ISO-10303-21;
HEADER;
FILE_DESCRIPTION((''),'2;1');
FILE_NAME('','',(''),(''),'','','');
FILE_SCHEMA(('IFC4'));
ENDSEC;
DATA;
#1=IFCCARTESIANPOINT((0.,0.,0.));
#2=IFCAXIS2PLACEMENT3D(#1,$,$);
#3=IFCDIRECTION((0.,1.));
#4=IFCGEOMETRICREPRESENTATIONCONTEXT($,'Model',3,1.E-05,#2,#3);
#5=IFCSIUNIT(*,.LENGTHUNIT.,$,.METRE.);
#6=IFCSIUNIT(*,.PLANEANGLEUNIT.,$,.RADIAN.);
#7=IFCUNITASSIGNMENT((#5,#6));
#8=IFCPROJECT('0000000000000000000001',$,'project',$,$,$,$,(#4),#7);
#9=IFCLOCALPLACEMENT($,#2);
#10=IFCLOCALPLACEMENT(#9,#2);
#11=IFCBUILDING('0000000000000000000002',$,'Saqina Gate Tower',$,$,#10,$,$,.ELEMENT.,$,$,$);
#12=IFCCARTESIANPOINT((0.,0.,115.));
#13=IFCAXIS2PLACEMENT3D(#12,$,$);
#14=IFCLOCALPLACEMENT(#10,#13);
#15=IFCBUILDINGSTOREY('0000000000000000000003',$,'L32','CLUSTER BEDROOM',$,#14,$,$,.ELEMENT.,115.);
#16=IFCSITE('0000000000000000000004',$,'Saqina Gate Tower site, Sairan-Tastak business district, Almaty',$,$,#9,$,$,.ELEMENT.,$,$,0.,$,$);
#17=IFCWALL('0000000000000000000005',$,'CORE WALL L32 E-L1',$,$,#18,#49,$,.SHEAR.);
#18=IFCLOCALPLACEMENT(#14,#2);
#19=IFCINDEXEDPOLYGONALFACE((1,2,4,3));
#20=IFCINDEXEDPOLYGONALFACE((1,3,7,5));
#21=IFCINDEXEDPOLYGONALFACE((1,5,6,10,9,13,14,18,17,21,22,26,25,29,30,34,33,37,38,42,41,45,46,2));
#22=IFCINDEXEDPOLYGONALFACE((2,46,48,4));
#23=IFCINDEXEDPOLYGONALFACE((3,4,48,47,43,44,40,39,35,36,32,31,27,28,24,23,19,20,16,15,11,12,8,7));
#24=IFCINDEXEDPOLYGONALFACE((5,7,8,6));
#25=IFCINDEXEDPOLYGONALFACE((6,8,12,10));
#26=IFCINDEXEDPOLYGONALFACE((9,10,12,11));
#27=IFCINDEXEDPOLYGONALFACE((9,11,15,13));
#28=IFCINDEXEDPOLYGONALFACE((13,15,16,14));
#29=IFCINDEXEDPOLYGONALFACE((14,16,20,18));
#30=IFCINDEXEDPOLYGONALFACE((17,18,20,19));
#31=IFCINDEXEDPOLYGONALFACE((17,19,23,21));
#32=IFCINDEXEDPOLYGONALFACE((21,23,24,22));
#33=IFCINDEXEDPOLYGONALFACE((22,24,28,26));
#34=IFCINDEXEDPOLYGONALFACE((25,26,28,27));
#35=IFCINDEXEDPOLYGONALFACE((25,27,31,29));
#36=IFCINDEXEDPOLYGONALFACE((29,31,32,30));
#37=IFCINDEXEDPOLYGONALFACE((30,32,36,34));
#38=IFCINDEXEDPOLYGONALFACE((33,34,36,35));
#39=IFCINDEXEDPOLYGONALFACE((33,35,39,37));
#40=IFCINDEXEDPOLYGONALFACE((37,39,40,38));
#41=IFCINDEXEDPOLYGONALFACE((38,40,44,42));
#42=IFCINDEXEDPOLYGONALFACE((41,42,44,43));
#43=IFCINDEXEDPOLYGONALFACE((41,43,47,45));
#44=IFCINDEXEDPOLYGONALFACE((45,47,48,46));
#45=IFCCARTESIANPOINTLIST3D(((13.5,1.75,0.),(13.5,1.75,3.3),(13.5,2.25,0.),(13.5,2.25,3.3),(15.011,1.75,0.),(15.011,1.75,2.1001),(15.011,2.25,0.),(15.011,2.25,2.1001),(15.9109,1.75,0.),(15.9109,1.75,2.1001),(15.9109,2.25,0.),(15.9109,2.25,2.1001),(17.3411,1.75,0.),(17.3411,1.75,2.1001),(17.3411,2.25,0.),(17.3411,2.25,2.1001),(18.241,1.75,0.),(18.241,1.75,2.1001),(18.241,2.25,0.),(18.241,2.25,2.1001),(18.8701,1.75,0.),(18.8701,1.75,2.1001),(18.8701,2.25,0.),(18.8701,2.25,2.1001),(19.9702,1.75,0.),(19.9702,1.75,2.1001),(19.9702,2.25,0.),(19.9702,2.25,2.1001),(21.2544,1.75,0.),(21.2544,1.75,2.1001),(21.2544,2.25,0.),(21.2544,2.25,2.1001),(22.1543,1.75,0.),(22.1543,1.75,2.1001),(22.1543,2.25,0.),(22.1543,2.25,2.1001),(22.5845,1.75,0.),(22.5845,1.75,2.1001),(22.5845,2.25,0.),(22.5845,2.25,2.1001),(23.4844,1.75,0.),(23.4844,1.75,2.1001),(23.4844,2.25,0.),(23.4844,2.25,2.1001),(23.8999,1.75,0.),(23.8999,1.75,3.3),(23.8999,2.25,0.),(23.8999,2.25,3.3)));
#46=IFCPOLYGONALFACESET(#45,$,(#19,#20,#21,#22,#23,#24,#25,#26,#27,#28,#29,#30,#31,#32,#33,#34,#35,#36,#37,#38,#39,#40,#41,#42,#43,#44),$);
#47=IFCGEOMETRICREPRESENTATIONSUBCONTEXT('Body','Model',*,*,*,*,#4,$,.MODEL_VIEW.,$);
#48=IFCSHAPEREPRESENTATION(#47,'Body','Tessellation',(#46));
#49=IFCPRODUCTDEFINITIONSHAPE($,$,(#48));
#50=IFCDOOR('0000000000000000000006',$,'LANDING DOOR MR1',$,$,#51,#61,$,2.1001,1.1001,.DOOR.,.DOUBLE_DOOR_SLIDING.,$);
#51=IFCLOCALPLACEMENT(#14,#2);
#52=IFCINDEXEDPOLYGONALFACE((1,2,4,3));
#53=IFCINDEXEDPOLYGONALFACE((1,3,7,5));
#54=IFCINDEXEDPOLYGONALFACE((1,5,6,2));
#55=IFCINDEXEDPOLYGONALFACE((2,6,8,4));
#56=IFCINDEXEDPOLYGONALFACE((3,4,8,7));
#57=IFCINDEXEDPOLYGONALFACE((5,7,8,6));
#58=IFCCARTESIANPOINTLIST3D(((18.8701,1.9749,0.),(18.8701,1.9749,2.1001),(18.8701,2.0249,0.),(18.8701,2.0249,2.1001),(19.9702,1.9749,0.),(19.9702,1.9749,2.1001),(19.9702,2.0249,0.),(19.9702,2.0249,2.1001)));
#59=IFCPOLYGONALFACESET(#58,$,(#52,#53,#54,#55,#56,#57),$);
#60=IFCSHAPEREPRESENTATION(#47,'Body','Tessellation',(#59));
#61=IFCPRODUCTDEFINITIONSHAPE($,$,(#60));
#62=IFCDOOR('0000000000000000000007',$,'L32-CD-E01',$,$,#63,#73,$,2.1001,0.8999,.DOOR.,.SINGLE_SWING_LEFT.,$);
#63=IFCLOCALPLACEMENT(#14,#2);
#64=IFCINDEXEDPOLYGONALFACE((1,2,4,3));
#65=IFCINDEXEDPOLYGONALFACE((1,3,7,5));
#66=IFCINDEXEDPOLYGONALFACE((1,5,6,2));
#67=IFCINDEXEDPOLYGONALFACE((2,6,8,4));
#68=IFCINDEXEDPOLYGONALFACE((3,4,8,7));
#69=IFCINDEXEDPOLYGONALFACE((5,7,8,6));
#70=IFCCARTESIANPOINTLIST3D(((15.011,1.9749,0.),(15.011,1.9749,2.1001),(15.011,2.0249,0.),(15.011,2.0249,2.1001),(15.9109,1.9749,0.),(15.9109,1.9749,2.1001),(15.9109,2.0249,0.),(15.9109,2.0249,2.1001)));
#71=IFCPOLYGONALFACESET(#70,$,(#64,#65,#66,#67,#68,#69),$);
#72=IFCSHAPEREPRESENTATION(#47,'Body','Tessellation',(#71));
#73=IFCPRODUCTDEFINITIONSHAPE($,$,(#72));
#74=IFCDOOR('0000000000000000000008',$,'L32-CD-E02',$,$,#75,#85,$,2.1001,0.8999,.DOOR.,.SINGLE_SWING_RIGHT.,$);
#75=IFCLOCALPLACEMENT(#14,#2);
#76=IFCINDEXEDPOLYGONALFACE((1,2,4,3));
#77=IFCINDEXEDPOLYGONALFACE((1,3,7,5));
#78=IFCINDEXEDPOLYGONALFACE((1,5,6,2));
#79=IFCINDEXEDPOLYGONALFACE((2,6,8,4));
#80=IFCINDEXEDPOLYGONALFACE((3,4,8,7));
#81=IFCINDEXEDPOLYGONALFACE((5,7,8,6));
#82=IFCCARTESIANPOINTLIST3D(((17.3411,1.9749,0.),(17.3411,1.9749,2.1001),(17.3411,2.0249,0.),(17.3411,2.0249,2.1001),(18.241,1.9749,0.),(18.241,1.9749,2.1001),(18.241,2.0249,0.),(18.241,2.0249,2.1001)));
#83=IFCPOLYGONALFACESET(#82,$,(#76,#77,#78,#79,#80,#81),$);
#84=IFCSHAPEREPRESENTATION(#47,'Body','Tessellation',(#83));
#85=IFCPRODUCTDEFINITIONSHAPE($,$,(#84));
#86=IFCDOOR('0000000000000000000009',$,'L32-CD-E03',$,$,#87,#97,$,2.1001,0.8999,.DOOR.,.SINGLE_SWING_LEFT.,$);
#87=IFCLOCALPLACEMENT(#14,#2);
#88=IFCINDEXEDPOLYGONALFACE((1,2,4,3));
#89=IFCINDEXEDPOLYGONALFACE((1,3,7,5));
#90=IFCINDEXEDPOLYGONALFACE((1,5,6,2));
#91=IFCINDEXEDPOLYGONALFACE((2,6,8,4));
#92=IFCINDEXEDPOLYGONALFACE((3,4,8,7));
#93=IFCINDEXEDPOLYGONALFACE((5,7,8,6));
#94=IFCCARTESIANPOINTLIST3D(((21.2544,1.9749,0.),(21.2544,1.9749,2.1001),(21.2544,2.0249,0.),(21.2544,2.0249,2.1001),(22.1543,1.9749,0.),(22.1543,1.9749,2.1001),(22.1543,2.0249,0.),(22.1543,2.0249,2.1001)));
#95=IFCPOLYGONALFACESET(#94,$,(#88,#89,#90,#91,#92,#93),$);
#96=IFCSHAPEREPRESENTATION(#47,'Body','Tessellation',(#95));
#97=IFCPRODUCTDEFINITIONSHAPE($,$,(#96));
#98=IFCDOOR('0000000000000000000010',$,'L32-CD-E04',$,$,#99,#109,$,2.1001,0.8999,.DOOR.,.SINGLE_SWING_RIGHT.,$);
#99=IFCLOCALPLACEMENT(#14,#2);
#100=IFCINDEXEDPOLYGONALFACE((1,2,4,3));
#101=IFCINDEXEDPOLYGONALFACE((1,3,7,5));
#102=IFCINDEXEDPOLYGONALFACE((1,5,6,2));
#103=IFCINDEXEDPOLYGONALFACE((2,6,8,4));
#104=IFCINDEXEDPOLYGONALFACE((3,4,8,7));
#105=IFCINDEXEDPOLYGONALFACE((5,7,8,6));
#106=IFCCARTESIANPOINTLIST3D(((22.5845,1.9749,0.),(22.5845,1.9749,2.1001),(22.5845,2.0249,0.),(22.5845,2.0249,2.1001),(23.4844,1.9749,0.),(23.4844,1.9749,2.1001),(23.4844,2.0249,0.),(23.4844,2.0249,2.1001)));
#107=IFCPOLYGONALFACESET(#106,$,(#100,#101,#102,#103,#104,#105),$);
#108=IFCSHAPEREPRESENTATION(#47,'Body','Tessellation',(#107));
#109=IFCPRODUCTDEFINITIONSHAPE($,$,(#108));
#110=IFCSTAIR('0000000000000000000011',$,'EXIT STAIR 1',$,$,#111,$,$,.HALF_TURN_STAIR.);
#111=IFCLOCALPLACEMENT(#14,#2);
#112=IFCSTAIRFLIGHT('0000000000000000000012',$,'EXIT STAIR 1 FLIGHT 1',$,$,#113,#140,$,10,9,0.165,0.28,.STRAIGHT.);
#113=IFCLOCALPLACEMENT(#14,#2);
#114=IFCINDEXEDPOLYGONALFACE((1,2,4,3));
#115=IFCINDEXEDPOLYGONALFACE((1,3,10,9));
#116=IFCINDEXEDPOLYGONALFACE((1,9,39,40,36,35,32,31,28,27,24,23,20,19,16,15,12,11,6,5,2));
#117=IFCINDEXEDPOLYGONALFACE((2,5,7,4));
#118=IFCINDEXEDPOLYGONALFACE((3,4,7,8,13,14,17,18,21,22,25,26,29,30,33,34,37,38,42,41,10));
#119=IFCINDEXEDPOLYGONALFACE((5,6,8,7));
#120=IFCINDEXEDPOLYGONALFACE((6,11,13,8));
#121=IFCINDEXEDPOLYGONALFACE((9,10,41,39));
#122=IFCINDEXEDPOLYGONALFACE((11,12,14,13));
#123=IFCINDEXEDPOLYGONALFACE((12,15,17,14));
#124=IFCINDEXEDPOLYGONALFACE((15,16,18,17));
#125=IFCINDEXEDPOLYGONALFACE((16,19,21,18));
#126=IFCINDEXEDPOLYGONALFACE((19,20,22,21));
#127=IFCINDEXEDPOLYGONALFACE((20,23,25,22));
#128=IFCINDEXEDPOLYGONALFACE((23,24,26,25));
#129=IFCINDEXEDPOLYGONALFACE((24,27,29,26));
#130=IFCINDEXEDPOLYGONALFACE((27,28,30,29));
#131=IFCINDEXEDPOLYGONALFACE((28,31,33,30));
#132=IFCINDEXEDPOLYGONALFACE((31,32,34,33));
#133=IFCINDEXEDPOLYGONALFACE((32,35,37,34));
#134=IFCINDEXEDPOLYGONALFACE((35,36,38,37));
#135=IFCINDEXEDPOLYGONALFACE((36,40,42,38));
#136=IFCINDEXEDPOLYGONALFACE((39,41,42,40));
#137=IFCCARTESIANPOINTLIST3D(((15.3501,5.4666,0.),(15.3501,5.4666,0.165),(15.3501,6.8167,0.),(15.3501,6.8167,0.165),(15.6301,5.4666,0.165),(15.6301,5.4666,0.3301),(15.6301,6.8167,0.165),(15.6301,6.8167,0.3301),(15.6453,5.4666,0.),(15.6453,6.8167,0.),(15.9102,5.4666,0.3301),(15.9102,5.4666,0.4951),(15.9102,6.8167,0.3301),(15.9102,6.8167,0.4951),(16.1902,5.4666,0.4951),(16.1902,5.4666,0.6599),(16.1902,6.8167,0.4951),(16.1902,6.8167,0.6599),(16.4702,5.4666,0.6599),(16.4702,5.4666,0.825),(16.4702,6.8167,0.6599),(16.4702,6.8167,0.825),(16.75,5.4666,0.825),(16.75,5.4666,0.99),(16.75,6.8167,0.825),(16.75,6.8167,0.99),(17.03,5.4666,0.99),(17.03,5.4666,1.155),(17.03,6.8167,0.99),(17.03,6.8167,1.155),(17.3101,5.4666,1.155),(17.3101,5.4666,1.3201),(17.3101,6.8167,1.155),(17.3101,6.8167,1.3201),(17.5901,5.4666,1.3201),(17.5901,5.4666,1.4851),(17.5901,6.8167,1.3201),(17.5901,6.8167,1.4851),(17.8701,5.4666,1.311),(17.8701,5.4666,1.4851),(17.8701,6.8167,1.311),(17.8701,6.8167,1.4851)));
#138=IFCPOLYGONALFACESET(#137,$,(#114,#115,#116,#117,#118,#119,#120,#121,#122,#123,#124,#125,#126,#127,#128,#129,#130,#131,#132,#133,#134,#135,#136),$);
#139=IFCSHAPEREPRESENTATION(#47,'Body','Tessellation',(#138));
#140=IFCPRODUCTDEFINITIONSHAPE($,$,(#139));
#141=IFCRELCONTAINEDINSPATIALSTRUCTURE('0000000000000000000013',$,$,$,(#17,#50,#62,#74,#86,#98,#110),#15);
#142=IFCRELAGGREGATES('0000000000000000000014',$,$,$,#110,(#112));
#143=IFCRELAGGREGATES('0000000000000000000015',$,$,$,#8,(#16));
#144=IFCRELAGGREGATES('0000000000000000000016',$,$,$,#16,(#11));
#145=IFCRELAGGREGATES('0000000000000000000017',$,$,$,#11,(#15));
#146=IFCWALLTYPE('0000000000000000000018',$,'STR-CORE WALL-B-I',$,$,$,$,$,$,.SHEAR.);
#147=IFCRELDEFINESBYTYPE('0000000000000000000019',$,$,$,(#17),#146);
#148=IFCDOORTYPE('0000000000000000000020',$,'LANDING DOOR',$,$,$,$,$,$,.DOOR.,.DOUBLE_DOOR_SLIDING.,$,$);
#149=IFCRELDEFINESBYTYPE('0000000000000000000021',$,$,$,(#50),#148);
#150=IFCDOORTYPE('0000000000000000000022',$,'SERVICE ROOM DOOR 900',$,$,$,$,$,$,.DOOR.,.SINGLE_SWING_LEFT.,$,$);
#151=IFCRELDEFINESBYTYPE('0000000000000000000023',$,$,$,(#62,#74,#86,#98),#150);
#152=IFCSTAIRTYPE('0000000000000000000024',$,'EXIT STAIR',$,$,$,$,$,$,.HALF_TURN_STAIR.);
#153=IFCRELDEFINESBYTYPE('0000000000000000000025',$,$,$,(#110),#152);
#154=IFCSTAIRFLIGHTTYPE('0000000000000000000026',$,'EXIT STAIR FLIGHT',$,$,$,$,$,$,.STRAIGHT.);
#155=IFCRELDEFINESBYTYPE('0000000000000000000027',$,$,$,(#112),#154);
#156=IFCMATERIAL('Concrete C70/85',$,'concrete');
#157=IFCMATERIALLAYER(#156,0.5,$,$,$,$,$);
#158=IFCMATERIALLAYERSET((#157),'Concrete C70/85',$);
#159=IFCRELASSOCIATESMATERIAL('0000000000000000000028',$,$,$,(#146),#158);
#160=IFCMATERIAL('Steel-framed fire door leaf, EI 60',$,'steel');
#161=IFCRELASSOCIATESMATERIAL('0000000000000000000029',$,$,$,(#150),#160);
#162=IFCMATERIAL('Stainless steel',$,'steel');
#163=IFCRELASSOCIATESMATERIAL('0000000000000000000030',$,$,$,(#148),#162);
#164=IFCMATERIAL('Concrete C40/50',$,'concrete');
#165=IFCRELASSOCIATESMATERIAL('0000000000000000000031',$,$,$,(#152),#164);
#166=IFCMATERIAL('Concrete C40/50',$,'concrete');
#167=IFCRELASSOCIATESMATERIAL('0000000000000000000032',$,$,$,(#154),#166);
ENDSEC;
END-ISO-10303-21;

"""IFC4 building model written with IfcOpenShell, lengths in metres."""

from ifc_helpers import new_model, si_unit, direction, frame, frame_2d, origin, place, context, subcontext, project, spatial, polyline, rectangle, outline, extrude, material, layer, layer_set, type_object, element, fill, aggregate, save


model = new_model("IFC4")

# Units and contexts
model_context = context("Model", 3, precision=1e-05, world=origin(), true_north=direction((0.0, 1.0)))
body_context = subcontext(model_context, "Body", "Model", "MODEL_VIEW")
ifc_project = project(units=[si_unit("LENGTHUNIT", "METRE"), si_unit("PLANEANGLEUNIT", "RADIAN")], contexts=[model_context])

# Site, building, storey
site_placement = place(None, origin())
site = spatial("IfcSite", under=ifc_project, at=site_placement, Name="Saqina Gate Tower site, Sairan-Tastak business district, Almaty", CompositionType="ELEMENT", RefElevation=0.0)
building_placement = place(site_placement, origin())
building = spatial("IfcBuilding", under=site, at=building_placement, Name="Saqina Gate Tower", CompositionType="ELEMENT")
storey_placement = place(building_placement, frame((0.0, 0.0, 115.0)))
storey = spatial("IfcBuildingStorey", under=building, at=storey_placement, Name="L32", Description="CLUSTER BEDROOM", CompositionType="ELEMENT", Elevation=115.0)

# Shared definitions
ifc_material_1 = material(Name="Concrete C70/85", Category="concrete")
ifc_layer_1 = layer(ifc_material_1, 0.5)
ifc_layer_set_1 = layer_set([ifc_layer_1], Name="Concrete C70/85")
wall_type_1 = type_object("IfcWallType", Name="STR-CORE WALL-B-I", PredefinedType="SHEAR", material=ifc_layer_set_1)
ifc_material_2 = material(Name="Steel-framed fire door leaf, EI 60", Category="steel")
door_type_1 = type_object("IfcDoorType", Name="SERVICE ROOM DOOR 900", OperationType="SINGLE_SWING_LEFT", PredefinedType="DOOR", material=ifc_material_2)

# Wall, openings, doors
wall_1_placement = place(storey_placement, frame((13.5, 2.0, 0.0), z_axis=(0.0, 0.0, 1.0), x_axis=(1.0, 0.0, 0.0)))
wall_1 = element("IfcWall", 1, at=wall_1_placement, inside=storey, type_object=wall_type_1, Name="CORE WALL L32 E-L1", PredefinedType="SHEAR", context=body_context, shape_type="SweptSolid", body=[
    extrude(rectangle(XDim=10.3999, YDim=0.5, at=frame_2d((5.2, 0.0))), origin(), (0.0, 0.0, 1.0), 3.3),
])
opening_1_placement = place(wall_1_placement, frame((5.3701, 0.0, 0.0)))
opening_1 = element("IfcOpeningElement", 2, at=opening_1_placement, cuts=wall_1, PredefinedType="OPENING", context=body_context, shape_type="SweptSolid", body=[
    extrude(rectangle(XDim=1.1001, YDim=2.1001, at=frame_2d((0.55, 1.05))), frame((0.0, 0.262, 0.0), z_axis=(0.0, -1.0, 0.0), x_axis=(1.0, 0.0, 0.0)), (0.0, 0.0, 1.0), 0.5239),
])
opening_2_placement = place(wall_1_placement, frame((1.511, 0.0, 0.0)))
opening_2 = element("IfcOpeningElement", 3, at=opening_2_placement, cuts=wall_1, PredefinedType="OPENING", context=body_context, shape_type="SweptSolid", body=[
    extrude(rectangle(XDim=0.8999, YDim=2.1001, at=frame_2d((0.45, 1.05))), frame((0.0, 0.262, 0.0), z_axis=(0.0, -1.0, 0.0), x_axis=(1.0, 0.0, 0.0)), (0.0, 0.0, 1.0), 0.5239),
])
opening_3_placement = place(wall_1_placement, frame((3.8411, 0.0, 0.0)))
opening_3 = element("IfcOpeningElement", 4, at=opening_3_placement, cuts=wall_1, PredefinedType="OPENING", context=body_context, shape_type="SweptSolid", body=[
    extrude(rectangle(XDim=0.8999, YDim=2.1001, at=frame_2d((0.45, 1.05))), frame((0.0, 0.262, 0.0), z_axis=(0.0, -1.0, 0.0), x_axis=(1.0, 0.0, 0.0)), (0.0, 0.0, 1.0), 0.5239),
])
opening_4_placement = place(wall_1_placement, frame((7.7544, 0.0, 0.0)))
opening_4 = element("IfcOpeningElement", 5, at=opening_4_placement, cuts=wall_1, PredefinedType="OPENING", context=body_context, shape_type="SweptSolid", body=[
    extrude(rectangle(XDim=0.8999, YDim=2.1001, at=frame_2d((0.45, 1.05))), frame((0.0, 0.262, 0.0), z_axis=(0.0, -1.0, 0.0), x_axis=(1.0, 0.0, 0.0)), (0.0, 0.0, 1.0), 0.5239),
])
opening_5_placement = place(wall_1_placement, frame((9.0845, 0.0, 0.0)))
opening_5 = element("IfcOpeningElement", 6, at=opening_5_placement, cuts=wall_1, PredefinedType="OPENING", context=body_context, shape_type="SweptSolid", body=[
    extrude(rectangle(XDim=0.8999, YDim=2.1001, at=frame_2d((0.45, 1.05))), frame((0.0, 0.262, 0.0), z_axis=(0.0, -1.0, 0.0), x_axis=(1.0, 0.0, 0.0)), (0.0, 0.0, 1.0), 0.5239),
])
ifc_material_3 = material(Name="Stainless steel", Category="steel")
door_type_2 = type_object("IfcDoorType", Name="LANDING DOOR", OperationType="DOUBLE_DOOR_SLIDING", PredefinedType="DOOR", material=ifc_material_3)
door_1_placement = place(opening_1_placement, origin())
door_1 = element("IfcDoor", 7, at=door_1_placement, inside=storey, type_object=door_type_2, Name="LANDING DOOR MR1", OperationType="DOUBLE_DOOR_SLIDING", OverallHeight=2.1001, OverallWidth=1.1001, PredefinedType="DOOR", context=body_context, shape_type="SweptSolid", body=[
    extrude(rectangle(XDim=1.1001, YDim=2.1001, at=frame_2d((0.55, 1.05))), frame((0.0, 0.0249, 0.0), z_axis=(0.0, -1.0, 0.0), x_axis=(1.0, 0.0, 0.0)), (0.0, 0.0, 1.0), 0.05),
])
fill(opening_1, door_1)
door_2_placement = place(opening_2_placement, origin())
door_2 = element("IfcDoor", 8, at=door_2_placement, inside=storey, type_object=door_type_1, Name="L32-CD-E01", OperationType="SINGLE_SWING_LEFT", OverallHeight=2.1001, OverallWidth=0.8999, PredefinedType="DOOR", context=body_context, shape_type="SweptSolid", body=[
    extrude(rectangle(XDim=0.8999, YDim=2.1001, at=frame_2d((0.45, 1.05))), frame((0.0, 0.0249, 0.0), z_axis=(0.0, -1.0, 0.0), x_axis=(1.0, 0.0, 0.0)), (0.0, 0.0, 1.0), 0.05),
])
fill(opening_2, door_2)
door_3_placement = place(opening_3_placement, origin())
door_3 = element("IfcDoor", 9, at=door_3_placement, inside=storey, type_object=door_type_1, Name="L32-CD-E02", OperationType="SINGLE_SWING_RIGHT", OverallHeight=2.1001, OverallWidth=0.8999, PredefinedType="DOOR", context=body_context, shape_type="SweptSolid", body=[
    extrude(rectangle(XDim=0.8999, YDim=2.1001, at=frame_2d((0.45, 1.05))), frame((0.0, 0.0249, 0.0), z_axis=(0.0, -1.0, 0.0), x_axis=(1.0, 0.0, 0.0)), (0.0, 0.0, 1.0), 0.05),
])
fill(opening_3, door_3)
door_4_placement = place(opening_4_placement, origin())
door_4 = element("IfcDoor", 10, at=door_4_placement, inside=storey, type_object=door_type_1, Name="L32-CD-E03", OperationType="SINGLE_SWING_LEFT", OverallHeight=2.1001, OverallWidth=0.8999, PredefinedType="DOOR", context=body_context, shape_type="SweptSolid", body=[
    extrude(rectangle(XDim=0.8999, YDim=2.1001, at=frame_2d((0.45, 1.05))), frame((0.0, 0.0249, 0.0), z_axis=(0.0, -1.0, 0.0), x_axis=(1.0, 0.0, 0.0)), (0.0, 0.0, 1.0), 0.05),
])
fill(opening_4, door_4)
door_5_placement = place(opening_5_placement, origin())
door_5 = element("IfcDoor", 11, at=door_5_placement, inside=storey, type_object=door_type_1, Name="L32-CD-E04", OperationType="SINGLE_SWING_RIGHT", OverallHeight=2.1001, OverallWidth=0.8999, PredefinedType="DOOR", context=body_context, shape_type="SweptSolid", body=[
    extrude(rectangle(XDim=0.8999, YDim=2.1001, at=frame_2d((0.45, 1.05))), frame((0.0, 0.0249, 0.0), z_axis=(0.0, -1.0, 0.0), x_axis=(1.0, 0.0, 0.0)), (0.0, 0.0, 1.0), 0.05),
])
fill(opening_5, door_5)

# Stair, stair flight
ifc_material_4 = material(Name="Concrete C40/50", Category="concrete")
stair_type = type_object("IfcStairType", Name="EXIT STAIR", PredefinedType="HALF_TURN_STAIR", material=ifc_material_4)
stair_placement = place(storey_placement, origin())
stair = element("IfcStair", 12, at=stair_placement, inside=storey, type_object=stair_type, Name="EXIT STAIR 1", PredefinedType="HALF_TURN_STAIR")
ifc_material_5 = material(Name="Concrete C40/50", Category="concrete")
stair_flight_type = type_object("IfcStairFlightType", Name="EXIT STAIR FLIGHT", PredefinedType="STRAIGHT", material=ifc_material_5)
stair_flight_1_placement = place(storey_placement, frame((15.3501, 6.1416, 0.0), z_axis=(0.0, 0.0, 1.0), x_axis=(1.0, 0.0, 0.0)))
stair_flight_1 = element("IfcStairFlight", 13, at=stair_flight_1_placement, type_object=stair_flight_type, Name="EXIT STAIR 1 FLIGHT 1", NumberOfRisers=10, NumberOfTreads=9, PredefinedType="STRAIGHT", RiserHeight=0.165, TreadLength=0.28, context=body_context, shape_type="SweptSolid", body=[
    extrude(outline(polyline([(0.0, 0.0), (0.0, 0.165), (0.28, 0.165), (0.28, 0.3301), (0.5601, 0.3301), (0.5601, 0.4951), (0.8401, 0.4951), (0.8401, 0.6599), (1.1201, 0.6599), (1.1201, 0.825), (1.3999, 0.825), (1.3999, 0.99), (1.6799, 0.99), (1.6799, 1.155), (1.96, 1.155), (1.96, 1.3201), (2.24, 1.3201), (2.24, 1.4851), (2.52, 1.4851), (2.52, 1.6499), (2.52, 1.311), (0.2952, 0.0), (0.0, 0.0)])), frame((0.0, 0.675, 0.0), z_axis=(0.0, -1.0, 0.0), x_axis=(1.0, 0.0, 0.0)), (0.0, 0.0, 1.0), 1.3501),
])
aggregate(stair, [stair_flight_1])

save(model, "model.ifc")
